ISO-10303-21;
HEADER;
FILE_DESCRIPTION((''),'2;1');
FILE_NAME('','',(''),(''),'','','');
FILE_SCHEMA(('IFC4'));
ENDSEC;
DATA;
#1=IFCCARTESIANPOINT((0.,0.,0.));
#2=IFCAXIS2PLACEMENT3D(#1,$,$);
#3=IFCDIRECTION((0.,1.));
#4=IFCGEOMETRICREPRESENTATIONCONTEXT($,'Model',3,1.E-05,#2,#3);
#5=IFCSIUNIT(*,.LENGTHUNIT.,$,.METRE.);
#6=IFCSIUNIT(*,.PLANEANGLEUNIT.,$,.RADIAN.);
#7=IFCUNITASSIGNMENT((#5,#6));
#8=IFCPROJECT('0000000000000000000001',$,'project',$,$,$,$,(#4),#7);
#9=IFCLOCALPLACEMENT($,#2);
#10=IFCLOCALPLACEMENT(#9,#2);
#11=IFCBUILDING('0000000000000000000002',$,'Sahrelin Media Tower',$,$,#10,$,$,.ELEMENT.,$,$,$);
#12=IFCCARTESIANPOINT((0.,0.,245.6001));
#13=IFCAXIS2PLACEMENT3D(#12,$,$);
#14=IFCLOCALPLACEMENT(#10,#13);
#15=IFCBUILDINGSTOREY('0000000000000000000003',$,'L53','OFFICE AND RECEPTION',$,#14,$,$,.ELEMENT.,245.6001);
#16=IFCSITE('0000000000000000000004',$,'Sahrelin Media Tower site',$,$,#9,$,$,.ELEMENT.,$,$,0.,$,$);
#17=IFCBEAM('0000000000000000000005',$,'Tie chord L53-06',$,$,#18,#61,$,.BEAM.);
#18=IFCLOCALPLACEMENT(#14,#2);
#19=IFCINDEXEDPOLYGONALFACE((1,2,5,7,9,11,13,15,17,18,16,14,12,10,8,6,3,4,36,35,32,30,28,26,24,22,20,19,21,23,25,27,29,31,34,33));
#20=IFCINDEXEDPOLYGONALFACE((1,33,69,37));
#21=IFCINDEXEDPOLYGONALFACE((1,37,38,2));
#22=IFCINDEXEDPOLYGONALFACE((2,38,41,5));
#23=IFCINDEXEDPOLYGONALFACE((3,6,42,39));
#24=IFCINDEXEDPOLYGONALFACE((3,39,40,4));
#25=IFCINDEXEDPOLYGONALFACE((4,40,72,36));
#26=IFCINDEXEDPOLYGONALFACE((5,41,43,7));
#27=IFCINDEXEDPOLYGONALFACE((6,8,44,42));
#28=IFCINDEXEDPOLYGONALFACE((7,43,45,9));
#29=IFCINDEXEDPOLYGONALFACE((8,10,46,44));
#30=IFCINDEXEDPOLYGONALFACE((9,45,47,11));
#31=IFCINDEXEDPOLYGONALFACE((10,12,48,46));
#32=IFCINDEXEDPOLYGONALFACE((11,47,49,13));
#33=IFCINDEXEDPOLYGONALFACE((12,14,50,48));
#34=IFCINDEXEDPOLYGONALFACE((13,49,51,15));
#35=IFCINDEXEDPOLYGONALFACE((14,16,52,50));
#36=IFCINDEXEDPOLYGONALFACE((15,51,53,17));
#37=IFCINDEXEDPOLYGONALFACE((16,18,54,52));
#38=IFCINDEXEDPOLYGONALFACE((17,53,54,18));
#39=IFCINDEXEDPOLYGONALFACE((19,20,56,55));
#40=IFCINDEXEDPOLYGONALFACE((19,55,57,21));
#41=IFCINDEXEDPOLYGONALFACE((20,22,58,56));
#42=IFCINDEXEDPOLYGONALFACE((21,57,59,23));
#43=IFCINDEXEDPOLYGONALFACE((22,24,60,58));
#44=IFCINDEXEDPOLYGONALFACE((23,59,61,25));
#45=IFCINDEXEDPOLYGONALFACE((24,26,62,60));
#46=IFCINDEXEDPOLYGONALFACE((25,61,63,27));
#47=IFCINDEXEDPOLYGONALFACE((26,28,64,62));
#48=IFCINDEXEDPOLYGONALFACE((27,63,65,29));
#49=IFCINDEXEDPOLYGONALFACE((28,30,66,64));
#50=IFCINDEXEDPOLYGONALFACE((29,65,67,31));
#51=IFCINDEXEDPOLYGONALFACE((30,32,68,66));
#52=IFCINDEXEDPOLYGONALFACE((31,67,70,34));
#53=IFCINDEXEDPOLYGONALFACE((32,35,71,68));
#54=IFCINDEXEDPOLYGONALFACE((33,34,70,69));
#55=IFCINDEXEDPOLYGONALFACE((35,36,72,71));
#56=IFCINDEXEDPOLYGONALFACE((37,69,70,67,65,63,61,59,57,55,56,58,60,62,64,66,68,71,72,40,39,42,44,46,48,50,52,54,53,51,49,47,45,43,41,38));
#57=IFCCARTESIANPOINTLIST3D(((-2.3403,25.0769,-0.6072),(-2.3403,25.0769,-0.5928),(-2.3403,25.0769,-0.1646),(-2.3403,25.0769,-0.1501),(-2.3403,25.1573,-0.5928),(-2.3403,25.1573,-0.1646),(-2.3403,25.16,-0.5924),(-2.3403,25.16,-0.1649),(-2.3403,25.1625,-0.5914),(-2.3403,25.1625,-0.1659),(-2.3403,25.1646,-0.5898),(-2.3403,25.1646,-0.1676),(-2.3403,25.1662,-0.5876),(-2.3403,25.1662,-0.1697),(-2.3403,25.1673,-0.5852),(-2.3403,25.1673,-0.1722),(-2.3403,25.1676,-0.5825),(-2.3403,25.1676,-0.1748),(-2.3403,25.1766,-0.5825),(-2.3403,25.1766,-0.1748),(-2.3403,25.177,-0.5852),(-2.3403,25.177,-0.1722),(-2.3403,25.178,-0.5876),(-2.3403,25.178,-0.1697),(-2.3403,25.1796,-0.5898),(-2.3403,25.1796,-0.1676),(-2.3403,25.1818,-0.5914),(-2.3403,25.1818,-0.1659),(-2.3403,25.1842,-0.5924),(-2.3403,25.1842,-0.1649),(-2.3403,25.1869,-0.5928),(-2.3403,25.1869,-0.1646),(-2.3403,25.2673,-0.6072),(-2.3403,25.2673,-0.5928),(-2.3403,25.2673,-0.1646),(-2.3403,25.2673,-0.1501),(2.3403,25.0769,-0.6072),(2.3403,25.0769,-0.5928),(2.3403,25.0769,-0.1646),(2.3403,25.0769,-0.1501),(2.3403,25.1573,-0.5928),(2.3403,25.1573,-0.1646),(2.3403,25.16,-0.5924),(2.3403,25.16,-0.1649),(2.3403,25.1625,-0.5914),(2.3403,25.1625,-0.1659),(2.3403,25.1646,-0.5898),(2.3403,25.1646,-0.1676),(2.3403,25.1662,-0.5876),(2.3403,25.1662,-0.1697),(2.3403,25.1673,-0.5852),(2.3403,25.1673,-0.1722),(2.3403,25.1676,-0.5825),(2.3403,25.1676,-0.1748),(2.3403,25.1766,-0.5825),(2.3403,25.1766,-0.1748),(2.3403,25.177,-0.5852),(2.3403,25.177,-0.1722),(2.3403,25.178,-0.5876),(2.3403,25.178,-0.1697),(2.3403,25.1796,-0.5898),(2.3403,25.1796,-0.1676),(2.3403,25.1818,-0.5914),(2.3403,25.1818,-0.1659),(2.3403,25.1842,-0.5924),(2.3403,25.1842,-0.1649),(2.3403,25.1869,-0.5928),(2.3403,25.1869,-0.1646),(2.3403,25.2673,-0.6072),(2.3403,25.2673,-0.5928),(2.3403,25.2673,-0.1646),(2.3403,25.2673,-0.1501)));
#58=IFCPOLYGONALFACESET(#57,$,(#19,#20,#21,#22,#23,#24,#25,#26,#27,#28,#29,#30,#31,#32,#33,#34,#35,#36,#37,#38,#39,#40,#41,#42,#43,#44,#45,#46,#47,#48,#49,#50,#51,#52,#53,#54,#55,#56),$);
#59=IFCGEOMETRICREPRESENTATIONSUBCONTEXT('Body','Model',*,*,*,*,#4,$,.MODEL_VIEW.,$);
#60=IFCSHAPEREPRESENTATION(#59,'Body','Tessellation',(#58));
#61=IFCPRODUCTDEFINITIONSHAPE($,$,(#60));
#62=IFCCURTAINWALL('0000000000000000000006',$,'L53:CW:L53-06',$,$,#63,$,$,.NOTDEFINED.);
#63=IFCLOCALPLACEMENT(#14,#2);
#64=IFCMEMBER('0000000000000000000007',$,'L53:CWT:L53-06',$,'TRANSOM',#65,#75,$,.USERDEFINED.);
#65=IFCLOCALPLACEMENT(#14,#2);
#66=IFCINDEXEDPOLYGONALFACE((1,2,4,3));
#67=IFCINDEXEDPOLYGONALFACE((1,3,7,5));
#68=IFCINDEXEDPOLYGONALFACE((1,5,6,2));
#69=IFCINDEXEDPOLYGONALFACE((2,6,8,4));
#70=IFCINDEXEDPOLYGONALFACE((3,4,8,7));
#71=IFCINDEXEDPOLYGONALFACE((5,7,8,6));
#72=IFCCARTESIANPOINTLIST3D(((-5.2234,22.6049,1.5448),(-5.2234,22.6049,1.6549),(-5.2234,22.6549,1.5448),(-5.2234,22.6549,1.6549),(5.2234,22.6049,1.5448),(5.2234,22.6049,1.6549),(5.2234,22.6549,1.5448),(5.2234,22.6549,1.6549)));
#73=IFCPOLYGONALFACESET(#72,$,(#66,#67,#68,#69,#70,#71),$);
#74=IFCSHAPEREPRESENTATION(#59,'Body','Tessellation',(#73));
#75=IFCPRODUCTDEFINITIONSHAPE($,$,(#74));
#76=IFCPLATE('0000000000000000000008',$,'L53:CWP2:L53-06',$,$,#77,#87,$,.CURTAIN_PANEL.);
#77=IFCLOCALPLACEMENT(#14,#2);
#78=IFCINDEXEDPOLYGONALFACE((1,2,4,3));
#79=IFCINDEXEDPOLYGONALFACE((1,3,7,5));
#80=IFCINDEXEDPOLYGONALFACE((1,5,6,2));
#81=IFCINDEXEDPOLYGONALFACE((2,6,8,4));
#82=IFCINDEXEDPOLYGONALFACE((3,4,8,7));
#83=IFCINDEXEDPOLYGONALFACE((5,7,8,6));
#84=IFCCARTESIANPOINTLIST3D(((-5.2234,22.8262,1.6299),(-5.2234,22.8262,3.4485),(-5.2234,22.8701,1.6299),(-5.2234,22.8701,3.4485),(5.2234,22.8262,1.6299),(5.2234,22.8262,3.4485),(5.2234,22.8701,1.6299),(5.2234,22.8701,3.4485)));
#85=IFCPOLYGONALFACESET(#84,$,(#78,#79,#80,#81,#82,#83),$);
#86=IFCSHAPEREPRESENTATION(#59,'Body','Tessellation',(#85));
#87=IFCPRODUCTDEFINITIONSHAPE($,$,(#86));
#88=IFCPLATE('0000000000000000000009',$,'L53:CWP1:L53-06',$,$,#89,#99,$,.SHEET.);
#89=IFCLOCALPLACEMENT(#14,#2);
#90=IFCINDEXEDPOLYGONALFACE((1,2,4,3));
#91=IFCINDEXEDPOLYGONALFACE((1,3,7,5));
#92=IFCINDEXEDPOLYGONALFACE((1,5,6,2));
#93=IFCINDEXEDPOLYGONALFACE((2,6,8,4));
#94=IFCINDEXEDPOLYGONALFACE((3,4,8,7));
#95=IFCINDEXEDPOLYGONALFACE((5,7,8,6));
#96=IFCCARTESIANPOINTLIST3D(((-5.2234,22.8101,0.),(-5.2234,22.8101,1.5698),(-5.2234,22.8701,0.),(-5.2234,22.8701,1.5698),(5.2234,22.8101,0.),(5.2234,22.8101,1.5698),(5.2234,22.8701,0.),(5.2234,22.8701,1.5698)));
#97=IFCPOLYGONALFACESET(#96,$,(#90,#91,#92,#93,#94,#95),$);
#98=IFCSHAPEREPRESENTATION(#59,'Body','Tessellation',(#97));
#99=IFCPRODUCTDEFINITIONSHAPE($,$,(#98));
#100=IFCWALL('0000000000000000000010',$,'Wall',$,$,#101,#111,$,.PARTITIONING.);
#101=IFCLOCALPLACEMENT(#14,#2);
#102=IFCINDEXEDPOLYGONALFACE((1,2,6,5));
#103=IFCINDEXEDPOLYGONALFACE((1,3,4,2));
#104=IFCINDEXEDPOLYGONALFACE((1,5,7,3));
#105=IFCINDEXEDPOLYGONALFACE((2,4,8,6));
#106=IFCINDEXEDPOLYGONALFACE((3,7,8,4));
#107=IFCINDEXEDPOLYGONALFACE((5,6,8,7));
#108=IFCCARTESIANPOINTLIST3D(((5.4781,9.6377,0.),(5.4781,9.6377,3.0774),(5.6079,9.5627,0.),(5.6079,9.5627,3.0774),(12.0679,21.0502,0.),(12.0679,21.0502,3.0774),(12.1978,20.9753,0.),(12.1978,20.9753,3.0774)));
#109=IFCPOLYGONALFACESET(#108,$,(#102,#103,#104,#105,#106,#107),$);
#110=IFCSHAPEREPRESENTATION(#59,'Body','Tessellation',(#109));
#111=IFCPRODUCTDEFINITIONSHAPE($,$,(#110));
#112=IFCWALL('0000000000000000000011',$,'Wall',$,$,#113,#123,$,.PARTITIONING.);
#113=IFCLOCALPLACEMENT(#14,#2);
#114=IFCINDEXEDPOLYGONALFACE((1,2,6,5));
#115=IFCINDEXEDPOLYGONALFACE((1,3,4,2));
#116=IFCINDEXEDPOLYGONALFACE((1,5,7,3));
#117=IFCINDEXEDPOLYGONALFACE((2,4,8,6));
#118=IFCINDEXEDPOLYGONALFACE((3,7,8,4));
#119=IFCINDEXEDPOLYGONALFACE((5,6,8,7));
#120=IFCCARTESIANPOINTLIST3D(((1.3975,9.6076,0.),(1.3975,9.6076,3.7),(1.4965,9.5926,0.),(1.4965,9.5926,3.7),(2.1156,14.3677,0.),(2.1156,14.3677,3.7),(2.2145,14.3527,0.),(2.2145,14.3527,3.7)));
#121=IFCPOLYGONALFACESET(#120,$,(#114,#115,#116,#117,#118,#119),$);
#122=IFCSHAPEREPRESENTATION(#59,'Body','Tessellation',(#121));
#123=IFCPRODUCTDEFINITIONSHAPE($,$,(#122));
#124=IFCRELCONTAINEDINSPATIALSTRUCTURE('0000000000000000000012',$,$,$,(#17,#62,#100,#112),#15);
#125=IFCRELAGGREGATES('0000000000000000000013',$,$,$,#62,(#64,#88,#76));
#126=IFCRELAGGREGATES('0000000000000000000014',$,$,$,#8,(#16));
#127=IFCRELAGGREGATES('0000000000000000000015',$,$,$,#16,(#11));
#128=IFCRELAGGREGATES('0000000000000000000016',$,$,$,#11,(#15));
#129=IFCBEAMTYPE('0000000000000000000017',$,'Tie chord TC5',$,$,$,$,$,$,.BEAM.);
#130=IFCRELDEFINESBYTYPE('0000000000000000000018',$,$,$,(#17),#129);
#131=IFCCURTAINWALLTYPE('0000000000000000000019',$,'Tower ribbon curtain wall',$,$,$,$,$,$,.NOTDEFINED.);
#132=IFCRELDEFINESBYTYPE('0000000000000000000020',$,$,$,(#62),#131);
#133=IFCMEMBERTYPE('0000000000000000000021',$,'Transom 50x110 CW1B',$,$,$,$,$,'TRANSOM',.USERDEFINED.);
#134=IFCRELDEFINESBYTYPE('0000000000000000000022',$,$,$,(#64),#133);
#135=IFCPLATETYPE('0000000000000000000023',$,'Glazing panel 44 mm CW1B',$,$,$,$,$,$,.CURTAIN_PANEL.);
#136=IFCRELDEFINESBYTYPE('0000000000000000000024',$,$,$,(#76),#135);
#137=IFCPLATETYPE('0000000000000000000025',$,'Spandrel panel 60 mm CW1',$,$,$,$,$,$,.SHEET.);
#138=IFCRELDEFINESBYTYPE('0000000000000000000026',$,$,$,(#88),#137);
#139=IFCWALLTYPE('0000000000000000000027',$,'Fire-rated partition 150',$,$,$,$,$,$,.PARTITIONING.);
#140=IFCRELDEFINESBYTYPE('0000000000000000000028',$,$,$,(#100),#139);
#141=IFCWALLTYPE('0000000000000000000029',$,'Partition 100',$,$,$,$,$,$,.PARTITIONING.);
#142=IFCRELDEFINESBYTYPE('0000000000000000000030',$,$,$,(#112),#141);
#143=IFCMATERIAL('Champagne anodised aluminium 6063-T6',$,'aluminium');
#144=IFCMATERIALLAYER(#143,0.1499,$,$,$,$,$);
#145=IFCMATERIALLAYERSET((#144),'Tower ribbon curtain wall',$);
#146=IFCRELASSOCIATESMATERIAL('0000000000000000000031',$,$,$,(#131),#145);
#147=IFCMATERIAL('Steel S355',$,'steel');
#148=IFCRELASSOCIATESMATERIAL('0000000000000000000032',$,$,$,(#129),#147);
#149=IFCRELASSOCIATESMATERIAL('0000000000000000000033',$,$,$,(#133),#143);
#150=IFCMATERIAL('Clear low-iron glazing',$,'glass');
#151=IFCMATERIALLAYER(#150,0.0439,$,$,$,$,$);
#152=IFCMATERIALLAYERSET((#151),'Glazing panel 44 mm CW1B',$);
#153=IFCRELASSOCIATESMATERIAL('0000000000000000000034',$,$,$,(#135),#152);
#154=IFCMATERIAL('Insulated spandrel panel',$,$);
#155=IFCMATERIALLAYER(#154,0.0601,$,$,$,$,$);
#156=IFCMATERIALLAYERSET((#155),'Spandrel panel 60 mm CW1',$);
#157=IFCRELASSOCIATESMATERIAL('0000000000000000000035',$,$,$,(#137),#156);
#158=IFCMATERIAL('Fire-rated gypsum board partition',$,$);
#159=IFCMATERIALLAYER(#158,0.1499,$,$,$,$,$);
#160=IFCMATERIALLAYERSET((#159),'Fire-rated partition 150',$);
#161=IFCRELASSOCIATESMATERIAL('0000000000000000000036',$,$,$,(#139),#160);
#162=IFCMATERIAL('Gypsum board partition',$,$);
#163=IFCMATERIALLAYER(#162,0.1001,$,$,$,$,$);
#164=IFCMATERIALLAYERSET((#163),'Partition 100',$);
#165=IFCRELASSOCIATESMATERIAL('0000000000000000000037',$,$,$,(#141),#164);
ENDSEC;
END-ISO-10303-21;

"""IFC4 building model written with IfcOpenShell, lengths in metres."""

from ifc_helpers import new_model, si_unit, direction, frame, frame_2d, origin, origin_2d, place, context, subcontext, project, spatial, polyline, rectangle, i_section, outline, extrude, material, layer, layer_set, material_profile, profile_set, type_object, element, aggregate, save


model = new_model("IFC4")

# Units and contexts
model_context = context("Model", 3, precision=1e-05, world=origin(), true_north=direction((0.0, 1.0)))
body_context = subcontext(model_context, "Body", "Model", "MODEL_VIEW")
ifc_project = project(units=[si_unit("LENGTHUNIT", "METRE"), si_unit("PLANEANGLEUNIT", "RADIAN")], contexts=[model_context])

# Site, building, storey
site_placement = place(None, origin())
site = spatial("IfcSite", under=ifc_project, at=site_placement, Name="Sahrelin Media Tower site", CompositionType="ELEMENT", RefElevation=0.0)
building_placement = place(site_placement, origin())
building = spatial("IfcBuilding", under=site, at=building_placement, Name="Sahrelin Media Tower", CompositionType="ELEMENT")
storey_placement = place(building_placement, frame((0.0, 0.0, 245.6001)))
storey = spatial("IfcBuildingStorey", under=building, at=storey_placement, Name="L53", Description="OFFICE AND RECEPTION", CompositionType="ELEMENT", Elevation=245.6001)

# Shared definitions
ifc_material_1 = material(Name="Steel S355", Category="steel")

# Shared definitions
ifc_material_2 = material(Name="Champagne anodised aluminium 6063-T6", Category="aluminium")
ifc_layer_1 = layer(ifc_material_2, 0.1499)
ifc_layer_set_1 = layer_set([ifc_layer_1], Name="Tower ribbon curtain wall")
curtain_wall_type = type_object("IfcCurtainWallType", Name="Tower ribbon curtain wall", PredefinedType="NOTDEFINED", material=ifc_layer_set_1)

# Beam
ifc_material_profile_1 = material_profile(ifc_material_1, i_section(OverallWidth=0.1904, OverallDepth=0.457, WebThickness=0.009, FlangeThickness=0.0144, FilletRadius=0.0103, at=origin_2d()), Name="UB 457x191x74")
ifc_profile_set_1 = profile_set([ifc_material_profile_1], Name="Steel S355")
beam_type_1 = type_object("IfcBeamType", Name="Tie chord TC5", PredefinedType="BEAM", material=ifc_profile_set_1)
beam_1_placement = place(storey_placement, frame((2.3403, 25.1721, -0.3787), z_axis=(-1.0, 0.0, 0.0), x_axis=(0.0, -1.0, 0.0)))
element("IfcBeam", 1, at=beam_1_placement, inside=storey, type_object=beam_type_1, Name="Tie chord L53-06", PredefinedType="BEAM", context=body_context, shape_type="SweptSolid", body=[
    extrude(i_section(OverallWidth=0.1904, OverallDepth=0.457, WebThickness=0.009, FlangeThickness=0.0144, FilletRadius=0.0103, at=origin_2d()), origin(), (0.0, 0.0, 1.0), 4.6807),
])

# Curtain wall, member, plates
placement_1 = place(storey_placement, frame((0.0, 22.8501, 0.0), z_axis=(0.0, 0.0, 1.0), x_axis=(1.0, 0.0, 0.0)))
curtain_wall_1 = element("IfcCurtainWall", 2, at=placement_1, inside=storey, type_object=curtain_wall_type, Name="L53:CW:L53-06", PredefinedType="NOTDEFINED")
ifc_material_profile_2 = material_profile(ifc_material_2, rectangle(XDim=0.05, YDim=0.1101, at=origin_2d()), Name="Transom 50x110")
ifc_profile_set_2 = profile_set([ifc_material_profile_2], Name="Champagne anodised aluminium 6063-T6")
member_type_1 = type_object("IfcMemberType", Name="Transom 50x110 CW1B", ElementType="TRANSOM", PredefinedType="USERDEFINED", material=ifc_profile_set_2)
member_1_placement = place(storey_placement, frame((5.2234, 22.6299, 1.5999), z_axis=(-1.0, 0.0, 0.0), x_axis=(0.0, -1.0, 0.0)))
member_1 = element("IfcMember", 3, at=member_1_placement, type_object=member_type_1, Name="L53:CWT:L53-06", ObjectType="TRANSOM", PredefinedType="USERDEFINED", context=body_context, shape_type="SweptSolid", body=[
    extrude(rectangle(XDim=0.05, YDim=0.1101, at=origin_2d()), origin(), (0.0, 0.0, 1.0), 10.4468),
])
ifc_material_3 = material(Name="Clear low-iron glazing", Category="glass")
ifc_layer_2 = layer(ifc_material_3, 0.0439)
ifc_layer_set_2 = layer_set([ifc_layer_2], Name="Glazing panel 44 mm CW1B")
plate_type_1 = type_object("IfcPlateType", Name="Glazing panel 44 mm CW1B", PredefinedType="CURTAIN_PANEL", material=ifc_layer_set_2)
plate_1_placement = place(storey_placement, frame((5.2234, 22.8701, 1.6299), z_axis=(0.0, 1.0, 0.0), x_axis=(-1.0, 0.0, 0.0)))
plate_1 = element("IfcPlate", 4, at=plate_1_placement, type_object=plate_type_1, Name="L53:CWP2:L53-06", PredefinedType="CURTAIN_PANEL", context=body_context, shape_type="SweptSolid", body=[
    extrude(outline(polyline([(0.0, 0.0), (10.4468, 0.0), (10.4468, 1.8186), (0.0, 1.8186), (0.0, 0.0)])), origin(), (0.0, 0.0, -1.0), 0.0439),
])
ifc_material_4 = material(Name="Insulated spandrel panel")
ifc_layer_3 = layer(ifc_material_4, 0.0601)
ifc_layer_set_3 = layer_set([ifc_layer_3], Name="Spandrel panel 60 mm CW1")
plate_type_2 = type_object("IfcPlateType", Name="Spandrel panel 60 mm CW1", PredefinedType="SHEET", material=ifc_layer_set_3)
plate_2_placement = place(storey_placement, frame((5.2234, 22.8701, 0.0), z_axis=(0.0, 1.0, 0.0), x_axis=(-1.0, 0.0, 0.0)))
plate_2 = element("IfcPlate", 5, at=plate_2_placement, type_object=plate_type_2, Name="L53:CWP1:L53-06", PredefinedType="SHEET", context=body_context, shape_type="SweptSolid", body=[
    extrude(outline(polyline([(0.0, 0.0), (10.4468, 0.0), (10.4468, 1.5698), (0.0, 1.5698), (0.0, 0.0)])), origin(), (0.0, 0.0, -1.0), 0.0601),
])
aggregate(curtain_wall_1, [member_1, plate_2, plate_1])

# Walls
ifc_material_5 = material(Name="Fire-rated gypsum board partition")
ifc_layer_4 = layer(ifc_material_5, 0.1499)
ifc_layer_set_4 = layer_set([ifc_layer_4], Name="Fire-rated partition 150")
wall_type_1 = type_object("IfcWallType", Name="Fire-rated partition 150", PredefinedType="PARTITIONING", material=ifc_layer_set_4)
wall_1_placement = place(storey_placement, frame((5.543, 9.6001, 0.0), z_axis=(0.0, 0.0, 1.0), x_axis=(0.500044, 0.866, 0.0)))
element("IfcWall", 6, at=wall_1_placement, inside=storey, type_object=wall_type_1, Name="Wall", PredefinedType="PARTITIONING", context=body_context, shape_type="SweptSolid", body=[
    extrude(rectangle(XDim=13.1785, YDim=0.1499, at=frame_2d((6.5894, 0.0))), origin(), (0.0, 0.0, 1.0), 3.0774),
])
ifc_material_6 = material(Name="Gypsum board partition")
ifc_layer_5 = layer(ifc_material_6, 0.1001)
ifc_layer_set_5 = layer_set([ifc_layer_5], Name="Partition 100")
wall_type_2 = type_object("IfcWallType", Name="Partition 100", PredefinedType="PARTITIONING", material=ifc_layer_set_5)
wall_2_placement = place(storey_placement, frame((1.447, 9.6001, 0.0), z_axis=(0.0, 0.0, 1.0), x_axis=(0.149156, 0.988814, 0.0)))
element("IfcWall", 7, at=wall_2_placement, inside=storey, type_object=wall_type_2, Name="Wall", PredefinedType="PARTITIONING", context=body_context, shape_type="SweptSolid", body=[
    extrude(rectangle(XDim=4.814, YDim=0.1001, at=frame_2d((2.407, 0.0))), origin(), (0.0, 0.0, 1.0), 3.7),
])

save(model, "model.ifc")
